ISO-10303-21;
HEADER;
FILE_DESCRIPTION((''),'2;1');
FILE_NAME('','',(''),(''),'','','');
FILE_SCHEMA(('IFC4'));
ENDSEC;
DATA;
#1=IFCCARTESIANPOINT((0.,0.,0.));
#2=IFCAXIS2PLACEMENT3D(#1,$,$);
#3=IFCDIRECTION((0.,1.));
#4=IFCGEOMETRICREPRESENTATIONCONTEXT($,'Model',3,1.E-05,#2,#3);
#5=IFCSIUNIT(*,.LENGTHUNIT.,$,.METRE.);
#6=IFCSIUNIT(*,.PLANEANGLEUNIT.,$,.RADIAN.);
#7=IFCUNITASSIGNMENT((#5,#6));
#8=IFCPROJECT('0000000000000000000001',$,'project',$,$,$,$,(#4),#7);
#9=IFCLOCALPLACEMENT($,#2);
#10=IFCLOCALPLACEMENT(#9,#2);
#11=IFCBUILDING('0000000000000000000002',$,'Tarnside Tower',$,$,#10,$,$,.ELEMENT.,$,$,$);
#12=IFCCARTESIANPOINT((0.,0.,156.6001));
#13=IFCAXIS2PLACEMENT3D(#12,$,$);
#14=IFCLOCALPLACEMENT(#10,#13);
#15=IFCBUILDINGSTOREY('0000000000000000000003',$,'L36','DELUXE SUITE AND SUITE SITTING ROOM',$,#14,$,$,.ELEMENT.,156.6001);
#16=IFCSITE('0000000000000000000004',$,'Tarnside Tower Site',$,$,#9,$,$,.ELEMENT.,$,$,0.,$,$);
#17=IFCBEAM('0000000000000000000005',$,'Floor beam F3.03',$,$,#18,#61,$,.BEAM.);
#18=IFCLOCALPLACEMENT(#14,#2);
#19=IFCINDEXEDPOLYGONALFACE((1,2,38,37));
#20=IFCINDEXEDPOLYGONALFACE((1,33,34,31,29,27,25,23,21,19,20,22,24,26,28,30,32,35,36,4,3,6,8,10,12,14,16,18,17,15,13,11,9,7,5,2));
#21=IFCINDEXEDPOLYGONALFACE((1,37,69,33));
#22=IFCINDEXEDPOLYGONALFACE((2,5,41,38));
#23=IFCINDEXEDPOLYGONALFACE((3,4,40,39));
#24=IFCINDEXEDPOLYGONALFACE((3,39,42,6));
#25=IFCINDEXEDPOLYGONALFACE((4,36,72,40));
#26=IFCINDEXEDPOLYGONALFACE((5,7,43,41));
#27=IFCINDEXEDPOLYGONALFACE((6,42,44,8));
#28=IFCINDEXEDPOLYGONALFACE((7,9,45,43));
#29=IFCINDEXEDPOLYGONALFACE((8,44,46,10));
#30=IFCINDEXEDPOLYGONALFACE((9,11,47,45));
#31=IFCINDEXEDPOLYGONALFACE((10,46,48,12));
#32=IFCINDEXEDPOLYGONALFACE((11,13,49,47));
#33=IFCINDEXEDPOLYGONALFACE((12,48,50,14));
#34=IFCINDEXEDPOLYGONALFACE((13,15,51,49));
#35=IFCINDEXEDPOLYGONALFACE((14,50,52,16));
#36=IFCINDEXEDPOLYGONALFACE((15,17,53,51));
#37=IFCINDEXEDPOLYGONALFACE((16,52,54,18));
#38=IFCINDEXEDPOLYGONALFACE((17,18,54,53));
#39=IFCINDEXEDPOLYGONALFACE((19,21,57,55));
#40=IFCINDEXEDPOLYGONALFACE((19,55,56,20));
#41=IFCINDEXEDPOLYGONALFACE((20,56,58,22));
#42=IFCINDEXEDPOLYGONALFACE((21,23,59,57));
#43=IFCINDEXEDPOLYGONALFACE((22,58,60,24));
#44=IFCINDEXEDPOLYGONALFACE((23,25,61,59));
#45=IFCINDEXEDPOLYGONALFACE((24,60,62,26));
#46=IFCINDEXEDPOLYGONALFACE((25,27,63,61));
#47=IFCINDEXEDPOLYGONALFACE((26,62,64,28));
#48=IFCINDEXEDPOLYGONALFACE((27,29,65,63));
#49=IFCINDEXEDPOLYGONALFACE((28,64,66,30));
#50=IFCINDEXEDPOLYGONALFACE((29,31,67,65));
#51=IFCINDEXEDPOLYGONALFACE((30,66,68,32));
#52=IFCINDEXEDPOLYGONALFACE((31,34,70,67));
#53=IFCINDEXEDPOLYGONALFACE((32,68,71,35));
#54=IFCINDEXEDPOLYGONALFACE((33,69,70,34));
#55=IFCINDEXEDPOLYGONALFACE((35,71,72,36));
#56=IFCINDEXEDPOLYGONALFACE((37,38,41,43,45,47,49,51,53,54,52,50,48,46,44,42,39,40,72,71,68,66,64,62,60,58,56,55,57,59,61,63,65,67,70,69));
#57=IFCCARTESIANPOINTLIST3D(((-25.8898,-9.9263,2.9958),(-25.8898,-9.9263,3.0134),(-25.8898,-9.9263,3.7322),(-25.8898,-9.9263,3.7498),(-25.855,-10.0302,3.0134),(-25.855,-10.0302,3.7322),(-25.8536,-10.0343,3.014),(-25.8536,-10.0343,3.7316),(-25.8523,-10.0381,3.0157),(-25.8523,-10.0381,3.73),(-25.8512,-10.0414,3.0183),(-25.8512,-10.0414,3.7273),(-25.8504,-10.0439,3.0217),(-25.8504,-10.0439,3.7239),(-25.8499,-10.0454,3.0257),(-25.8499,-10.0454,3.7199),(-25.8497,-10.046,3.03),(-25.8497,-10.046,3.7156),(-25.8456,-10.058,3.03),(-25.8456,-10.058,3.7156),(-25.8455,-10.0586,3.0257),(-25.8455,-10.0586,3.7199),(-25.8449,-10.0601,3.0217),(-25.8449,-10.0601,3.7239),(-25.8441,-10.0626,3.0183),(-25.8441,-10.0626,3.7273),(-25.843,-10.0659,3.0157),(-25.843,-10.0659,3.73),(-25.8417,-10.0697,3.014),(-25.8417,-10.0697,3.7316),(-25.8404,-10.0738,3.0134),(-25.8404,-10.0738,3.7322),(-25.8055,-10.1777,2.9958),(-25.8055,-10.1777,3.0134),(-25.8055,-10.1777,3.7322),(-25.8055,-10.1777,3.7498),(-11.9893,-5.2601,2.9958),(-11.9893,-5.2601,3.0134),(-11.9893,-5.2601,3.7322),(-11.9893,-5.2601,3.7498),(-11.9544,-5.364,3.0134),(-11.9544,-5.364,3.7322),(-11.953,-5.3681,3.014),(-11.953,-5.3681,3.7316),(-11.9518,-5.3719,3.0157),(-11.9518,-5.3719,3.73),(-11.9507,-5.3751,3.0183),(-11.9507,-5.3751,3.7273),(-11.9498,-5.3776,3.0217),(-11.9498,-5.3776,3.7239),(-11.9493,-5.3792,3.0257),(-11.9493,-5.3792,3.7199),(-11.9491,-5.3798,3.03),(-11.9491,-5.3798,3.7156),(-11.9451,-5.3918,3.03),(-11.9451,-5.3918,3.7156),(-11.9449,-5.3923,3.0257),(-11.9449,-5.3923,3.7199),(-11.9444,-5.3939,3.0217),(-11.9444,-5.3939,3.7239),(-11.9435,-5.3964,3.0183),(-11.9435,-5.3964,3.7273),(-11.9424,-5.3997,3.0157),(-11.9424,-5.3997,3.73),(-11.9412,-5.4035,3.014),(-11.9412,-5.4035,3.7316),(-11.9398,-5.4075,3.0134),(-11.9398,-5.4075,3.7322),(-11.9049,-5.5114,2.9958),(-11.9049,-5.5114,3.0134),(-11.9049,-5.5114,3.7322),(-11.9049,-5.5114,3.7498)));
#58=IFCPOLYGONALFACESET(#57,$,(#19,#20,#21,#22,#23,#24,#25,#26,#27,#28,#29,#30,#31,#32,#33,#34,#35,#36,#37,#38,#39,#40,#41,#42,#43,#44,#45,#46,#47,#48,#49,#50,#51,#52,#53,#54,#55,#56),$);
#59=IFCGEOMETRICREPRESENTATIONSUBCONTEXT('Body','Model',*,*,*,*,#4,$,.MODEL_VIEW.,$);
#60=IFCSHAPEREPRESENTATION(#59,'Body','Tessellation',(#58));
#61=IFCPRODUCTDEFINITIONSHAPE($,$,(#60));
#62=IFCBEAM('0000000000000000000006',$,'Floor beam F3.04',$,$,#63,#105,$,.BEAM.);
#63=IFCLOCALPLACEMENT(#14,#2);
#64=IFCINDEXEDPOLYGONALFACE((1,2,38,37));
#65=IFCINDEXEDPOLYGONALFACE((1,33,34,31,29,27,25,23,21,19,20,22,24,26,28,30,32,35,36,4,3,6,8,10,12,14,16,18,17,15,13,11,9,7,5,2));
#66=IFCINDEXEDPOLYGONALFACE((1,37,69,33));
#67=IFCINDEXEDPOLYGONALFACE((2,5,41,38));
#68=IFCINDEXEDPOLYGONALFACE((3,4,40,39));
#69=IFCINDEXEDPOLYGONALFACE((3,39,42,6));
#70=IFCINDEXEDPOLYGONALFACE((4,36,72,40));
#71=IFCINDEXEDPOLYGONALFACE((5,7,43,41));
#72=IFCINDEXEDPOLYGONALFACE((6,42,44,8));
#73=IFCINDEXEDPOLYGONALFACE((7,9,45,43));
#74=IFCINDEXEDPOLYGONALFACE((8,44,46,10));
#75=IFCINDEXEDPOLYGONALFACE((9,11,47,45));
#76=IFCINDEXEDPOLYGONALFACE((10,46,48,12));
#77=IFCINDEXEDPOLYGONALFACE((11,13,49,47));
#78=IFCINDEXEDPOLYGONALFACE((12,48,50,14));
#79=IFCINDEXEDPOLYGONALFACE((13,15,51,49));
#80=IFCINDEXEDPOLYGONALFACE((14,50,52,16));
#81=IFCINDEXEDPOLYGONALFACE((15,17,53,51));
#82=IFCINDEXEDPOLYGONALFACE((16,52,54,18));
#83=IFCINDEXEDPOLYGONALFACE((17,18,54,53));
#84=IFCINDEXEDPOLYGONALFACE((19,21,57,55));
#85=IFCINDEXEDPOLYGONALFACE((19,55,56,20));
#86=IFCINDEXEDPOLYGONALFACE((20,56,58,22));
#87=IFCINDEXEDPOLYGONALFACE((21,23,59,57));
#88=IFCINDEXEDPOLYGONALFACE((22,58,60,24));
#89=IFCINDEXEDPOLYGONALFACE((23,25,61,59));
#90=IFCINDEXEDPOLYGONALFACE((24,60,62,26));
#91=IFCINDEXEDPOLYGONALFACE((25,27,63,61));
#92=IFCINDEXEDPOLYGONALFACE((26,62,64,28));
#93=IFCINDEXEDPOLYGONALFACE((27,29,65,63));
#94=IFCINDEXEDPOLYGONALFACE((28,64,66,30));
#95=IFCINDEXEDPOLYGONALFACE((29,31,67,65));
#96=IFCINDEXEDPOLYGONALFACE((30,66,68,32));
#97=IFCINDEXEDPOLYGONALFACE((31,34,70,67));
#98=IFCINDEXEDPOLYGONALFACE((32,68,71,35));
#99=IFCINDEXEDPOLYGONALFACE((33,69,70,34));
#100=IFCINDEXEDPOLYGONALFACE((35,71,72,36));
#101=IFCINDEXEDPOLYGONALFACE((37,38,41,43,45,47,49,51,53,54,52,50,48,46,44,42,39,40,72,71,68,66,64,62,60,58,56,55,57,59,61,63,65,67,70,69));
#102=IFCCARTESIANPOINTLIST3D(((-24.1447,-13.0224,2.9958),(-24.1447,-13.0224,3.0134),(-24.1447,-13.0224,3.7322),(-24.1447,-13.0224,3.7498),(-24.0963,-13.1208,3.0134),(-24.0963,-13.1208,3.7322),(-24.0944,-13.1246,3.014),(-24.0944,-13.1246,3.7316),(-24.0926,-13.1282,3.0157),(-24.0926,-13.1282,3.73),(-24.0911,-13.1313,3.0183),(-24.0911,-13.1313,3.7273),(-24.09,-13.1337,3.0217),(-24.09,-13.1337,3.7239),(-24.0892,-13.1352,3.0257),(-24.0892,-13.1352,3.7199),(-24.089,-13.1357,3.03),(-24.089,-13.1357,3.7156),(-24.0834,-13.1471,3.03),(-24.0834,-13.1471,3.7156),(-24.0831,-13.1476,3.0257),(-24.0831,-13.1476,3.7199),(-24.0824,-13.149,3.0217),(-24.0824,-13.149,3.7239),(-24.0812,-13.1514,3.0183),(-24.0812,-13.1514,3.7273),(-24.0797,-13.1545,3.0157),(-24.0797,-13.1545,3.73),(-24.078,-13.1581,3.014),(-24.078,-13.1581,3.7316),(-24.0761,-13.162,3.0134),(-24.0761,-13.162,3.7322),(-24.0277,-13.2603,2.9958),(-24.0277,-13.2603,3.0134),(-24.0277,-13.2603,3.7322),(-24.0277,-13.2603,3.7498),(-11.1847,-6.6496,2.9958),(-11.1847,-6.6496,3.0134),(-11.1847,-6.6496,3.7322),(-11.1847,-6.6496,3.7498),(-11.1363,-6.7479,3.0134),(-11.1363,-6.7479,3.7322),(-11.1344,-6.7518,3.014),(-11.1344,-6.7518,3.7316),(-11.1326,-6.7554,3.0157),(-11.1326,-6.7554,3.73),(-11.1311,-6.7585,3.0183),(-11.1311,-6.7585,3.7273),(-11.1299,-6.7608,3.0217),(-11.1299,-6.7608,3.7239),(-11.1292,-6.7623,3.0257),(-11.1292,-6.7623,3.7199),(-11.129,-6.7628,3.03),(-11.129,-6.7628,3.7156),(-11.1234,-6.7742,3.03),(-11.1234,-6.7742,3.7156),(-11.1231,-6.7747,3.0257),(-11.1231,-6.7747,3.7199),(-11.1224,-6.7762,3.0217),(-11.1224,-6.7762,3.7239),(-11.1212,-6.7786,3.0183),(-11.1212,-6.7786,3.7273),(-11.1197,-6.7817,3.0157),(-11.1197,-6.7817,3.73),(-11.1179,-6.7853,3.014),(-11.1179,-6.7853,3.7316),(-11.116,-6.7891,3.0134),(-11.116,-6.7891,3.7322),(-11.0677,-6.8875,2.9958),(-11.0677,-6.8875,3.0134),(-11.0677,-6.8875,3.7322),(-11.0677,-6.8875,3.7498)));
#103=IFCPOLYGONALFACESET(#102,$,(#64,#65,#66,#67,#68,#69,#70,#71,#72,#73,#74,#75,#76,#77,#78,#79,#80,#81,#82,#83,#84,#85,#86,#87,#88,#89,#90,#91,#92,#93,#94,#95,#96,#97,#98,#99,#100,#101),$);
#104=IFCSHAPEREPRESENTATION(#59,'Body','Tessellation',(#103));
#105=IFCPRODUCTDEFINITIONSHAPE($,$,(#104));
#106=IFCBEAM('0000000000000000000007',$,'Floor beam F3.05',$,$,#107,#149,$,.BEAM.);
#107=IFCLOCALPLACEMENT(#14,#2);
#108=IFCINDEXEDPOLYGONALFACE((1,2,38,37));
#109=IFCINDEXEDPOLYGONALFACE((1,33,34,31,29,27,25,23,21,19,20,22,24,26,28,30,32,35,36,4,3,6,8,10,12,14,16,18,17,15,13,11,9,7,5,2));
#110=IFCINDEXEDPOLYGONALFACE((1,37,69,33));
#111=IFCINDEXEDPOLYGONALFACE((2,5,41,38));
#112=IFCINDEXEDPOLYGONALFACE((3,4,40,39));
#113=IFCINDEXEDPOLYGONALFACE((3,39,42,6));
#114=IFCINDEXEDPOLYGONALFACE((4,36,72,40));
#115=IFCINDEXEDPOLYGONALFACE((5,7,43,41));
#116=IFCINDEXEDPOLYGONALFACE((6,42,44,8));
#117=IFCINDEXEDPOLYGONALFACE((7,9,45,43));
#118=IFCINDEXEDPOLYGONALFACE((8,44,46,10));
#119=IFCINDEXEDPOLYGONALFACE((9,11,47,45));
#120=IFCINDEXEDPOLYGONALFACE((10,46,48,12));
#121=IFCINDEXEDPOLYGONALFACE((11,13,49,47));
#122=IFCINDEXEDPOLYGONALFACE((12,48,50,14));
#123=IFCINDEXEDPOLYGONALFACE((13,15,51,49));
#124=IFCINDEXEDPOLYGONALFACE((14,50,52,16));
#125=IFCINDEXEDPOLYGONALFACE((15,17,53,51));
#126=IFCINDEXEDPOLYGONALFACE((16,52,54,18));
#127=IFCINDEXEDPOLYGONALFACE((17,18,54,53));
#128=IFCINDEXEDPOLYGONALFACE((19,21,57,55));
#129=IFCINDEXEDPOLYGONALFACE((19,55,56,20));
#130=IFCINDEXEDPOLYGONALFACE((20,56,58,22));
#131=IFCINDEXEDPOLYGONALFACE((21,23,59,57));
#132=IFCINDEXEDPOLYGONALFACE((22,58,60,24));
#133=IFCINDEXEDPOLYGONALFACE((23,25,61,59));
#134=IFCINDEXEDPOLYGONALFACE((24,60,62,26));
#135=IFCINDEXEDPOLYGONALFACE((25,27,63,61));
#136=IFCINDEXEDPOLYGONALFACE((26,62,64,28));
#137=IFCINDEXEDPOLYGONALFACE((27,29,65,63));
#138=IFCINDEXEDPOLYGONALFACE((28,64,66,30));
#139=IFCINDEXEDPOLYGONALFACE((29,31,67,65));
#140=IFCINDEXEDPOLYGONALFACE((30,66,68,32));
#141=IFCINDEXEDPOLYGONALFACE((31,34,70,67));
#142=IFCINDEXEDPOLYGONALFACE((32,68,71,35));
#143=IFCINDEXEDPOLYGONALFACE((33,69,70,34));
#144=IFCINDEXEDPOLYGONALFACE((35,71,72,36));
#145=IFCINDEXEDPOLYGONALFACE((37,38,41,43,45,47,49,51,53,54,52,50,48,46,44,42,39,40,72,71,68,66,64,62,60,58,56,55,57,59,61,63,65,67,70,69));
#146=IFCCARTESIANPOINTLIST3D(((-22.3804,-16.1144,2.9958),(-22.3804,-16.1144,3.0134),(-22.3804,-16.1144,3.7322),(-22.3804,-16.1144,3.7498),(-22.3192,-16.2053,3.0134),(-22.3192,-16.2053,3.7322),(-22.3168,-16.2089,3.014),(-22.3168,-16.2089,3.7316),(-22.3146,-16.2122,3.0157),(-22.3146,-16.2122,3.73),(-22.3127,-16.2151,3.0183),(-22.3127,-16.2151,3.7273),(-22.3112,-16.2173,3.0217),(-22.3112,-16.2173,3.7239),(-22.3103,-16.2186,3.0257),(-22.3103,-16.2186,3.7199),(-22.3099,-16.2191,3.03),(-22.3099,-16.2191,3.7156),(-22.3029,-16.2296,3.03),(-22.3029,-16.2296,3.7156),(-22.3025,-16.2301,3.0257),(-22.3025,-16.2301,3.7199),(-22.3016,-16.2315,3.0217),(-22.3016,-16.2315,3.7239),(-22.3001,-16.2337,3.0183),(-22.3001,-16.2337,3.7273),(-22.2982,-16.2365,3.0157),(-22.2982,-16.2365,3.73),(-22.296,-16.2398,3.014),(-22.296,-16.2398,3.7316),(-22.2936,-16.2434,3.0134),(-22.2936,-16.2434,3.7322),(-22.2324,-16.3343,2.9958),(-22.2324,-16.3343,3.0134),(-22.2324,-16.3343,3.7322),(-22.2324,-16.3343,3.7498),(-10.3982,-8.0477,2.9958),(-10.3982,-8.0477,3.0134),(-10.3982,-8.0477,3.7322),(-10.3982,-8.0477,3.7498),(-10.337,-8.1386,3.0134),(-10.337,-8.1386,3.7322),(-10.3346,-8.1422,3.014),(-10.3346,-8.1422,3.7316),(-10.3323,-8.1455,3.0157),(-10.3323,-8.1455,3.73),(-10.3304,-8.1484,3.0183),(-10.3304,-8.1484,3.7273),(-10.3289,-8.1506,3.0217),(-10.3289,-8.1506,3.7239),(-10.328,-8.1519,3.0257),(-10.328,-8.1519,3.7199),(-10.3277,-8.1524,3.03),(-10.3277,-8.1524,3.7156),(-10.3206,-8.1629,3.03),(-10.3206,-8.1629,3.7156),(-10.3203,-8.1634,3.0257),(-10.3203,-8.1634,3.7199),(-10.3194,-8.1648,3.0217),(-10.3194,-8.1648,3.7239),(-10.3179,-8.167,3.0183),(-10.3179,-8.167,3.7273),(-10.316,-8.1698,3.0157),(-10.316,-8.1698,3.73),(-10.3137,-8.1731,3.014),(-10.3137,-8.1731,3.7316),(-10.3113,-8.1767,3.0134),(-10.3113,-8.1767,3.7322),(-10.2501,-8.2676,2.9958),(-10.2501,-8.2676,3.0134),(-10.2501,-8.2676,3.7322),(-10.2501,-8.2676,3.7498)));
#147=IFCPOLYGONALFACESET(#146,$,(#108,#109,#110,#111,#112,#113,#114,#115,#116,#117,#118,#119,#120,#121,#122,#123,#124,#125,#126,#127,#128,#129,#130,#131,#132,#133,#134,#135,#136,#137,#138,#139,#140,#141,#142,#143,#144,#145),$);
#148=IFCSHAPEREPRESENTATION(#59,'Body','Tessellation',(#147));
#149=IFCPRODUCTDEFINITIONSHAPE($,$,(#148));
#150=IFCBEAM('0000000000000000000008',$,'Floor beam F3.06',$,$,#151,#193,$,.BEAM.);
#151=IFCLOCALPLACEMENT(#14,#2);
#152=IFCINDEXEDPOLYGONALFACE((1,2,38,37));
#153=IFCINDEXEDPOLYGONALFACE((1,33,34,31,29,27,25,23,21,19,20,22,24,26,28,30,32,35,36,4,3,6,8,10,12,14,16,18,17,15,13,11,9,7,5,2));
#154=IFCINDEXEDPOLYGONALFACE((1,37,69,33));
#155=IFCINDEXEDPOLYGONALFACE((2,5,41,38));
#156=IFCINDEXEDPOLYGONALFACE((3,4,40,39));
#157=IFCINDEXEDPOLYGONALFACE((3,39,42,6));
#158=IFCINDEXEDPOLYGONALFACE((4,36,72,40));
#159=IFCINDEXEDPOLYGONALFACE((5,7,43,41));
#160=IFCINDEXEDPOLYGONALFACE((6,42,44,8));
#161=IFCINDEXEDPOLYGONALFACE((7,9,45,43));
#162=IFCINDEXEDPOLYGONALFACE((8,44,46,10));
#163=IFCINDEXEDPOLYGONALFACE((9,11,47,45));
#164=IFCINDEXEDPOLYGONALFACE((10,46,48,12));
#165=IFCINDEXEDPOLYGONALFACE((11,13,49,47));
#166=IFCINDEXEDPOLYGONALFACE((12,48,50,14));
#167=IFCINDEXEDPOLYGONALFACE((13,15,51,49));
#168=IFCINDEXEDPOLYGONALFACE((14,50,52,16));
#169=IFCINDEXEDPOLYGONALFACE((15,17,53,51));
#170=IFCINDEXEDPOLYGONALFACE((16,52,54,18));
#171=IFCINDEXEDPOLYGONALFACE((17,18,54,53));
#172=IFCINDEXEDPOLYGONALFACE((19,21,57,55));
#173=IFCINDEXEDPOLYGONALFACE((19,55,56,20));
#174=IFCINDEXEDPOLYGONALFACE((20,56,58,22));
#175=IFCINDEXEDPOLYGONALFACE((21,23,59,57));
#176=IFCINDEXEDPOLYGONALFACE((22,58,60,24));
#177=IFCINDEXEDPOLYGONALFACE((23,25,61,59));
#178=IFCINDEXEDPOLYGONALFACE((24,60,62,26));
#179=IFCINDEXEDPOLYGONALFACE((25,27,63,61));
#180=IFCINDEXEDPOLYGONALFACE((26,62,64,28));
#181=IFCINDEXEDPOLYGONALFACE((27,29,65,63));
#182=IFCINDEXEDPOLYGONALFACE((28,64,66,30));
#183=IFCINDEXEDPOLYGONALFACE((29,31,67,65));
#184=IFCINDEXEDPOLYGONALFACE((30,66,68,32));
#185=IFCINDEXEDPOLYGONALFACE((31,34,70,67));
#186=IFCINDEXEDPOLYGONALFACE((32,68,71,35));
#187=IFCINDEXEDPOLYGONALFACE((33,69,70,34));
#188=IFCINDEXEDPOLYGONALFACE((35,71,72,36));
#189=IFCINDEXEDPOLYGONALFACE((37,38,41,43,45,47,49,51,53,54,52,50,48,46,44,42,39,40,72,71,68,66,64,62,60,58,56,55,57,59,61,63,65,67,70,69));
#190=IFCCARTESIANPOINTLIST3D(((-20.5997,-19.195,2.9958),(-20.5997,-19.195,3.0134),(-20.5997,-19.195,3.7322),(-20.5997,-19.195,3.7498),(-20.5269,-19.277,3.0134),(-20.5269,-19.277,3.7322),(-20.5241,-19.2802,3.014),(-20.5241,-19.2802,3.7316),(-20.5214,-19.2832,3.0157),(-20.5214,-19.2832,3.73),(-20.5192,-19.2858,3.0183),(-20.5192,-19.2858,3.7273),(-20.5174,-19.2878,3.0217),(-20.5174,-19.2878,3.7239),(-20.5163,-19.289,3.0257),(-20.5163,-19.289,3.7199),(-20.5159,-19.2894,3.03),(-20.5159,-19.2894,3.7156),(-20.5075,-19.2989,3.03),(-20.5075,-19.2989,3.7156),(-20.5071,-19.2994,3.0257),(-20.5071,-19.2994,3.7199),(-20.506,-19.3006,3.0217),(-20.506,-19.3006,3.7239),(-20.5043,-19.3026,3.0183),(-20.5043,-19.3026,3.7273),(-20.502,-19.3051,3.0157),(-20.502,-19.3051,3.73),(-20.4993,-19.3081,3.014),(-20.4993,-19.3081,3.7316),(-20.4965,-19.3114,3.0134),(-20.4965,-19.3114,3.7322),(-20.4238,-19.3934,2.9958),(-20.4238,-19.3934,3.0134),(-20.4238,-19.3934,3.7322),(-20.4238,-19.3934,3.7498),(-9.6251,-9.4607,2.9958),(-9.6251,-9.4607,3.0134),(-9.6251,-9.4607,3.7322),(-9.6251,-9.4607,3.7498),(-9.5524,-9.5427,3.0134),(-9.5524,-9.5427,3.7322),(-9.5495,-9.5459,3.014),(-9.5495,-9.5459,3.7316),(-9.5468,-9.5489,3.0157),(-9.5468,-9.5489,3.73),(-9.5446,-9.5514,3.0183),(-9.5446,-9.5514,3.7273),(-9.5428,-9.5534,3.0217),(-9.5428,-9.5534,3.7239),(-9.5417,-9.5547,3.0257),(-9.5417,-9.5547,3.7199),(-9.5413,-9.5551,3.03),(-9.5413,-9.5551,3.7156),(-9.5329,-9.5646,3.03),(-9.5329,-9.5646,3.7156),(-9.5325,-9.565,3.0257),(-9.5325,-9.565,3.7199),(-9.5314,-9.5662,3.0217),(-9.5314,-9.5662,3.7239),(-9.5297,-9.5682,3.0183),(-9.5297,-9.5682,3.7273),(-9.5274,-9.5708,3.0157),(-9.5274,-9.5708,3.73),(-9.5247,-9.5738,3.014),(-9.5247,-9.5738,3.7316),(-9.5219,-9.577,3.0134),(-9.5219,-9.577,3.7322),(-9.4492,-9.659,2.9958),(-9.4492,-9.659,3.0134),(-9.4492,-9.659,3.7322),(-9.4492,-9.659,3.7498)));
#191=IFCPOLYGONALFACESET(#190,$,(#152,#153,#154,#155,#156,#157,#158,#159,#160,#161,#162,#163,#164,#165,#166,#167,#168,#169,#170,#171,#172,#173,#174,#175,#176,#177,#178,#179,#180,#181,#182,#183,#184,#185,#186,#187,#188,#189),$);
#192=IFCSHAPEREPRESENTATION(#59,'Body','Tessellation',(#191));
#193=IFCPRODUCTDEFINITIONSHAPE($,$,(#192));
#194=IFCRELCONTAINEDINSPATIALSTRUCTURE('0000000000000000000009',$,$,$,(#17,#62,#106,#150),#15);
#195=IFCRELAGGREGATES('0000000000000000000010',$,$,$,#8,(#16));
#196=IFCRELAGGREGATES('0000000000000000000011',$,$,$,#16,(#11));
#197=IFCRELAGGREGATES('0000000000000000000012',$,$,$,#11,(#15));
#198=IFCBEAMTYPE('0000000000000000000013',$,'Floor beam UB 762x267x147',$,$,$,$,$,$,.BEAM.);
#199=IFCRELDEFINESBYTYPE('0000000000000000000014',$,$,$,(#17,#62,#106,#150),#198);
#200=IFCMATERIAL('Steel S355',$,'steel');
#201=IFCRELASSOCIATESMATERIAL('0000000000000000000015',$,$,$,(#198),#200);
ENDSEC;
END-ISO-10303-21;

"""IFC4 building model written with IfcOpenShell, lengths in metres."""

from ifc_helpers import new_model, si_unit, direction, frame, origin, origin_2d, place, context, subcontext, project, spatial, i_section, extrude, material, material_profile, profile_set, type_object, element, save


model = new_model("IFC4")

# Units and contexts
model_context = context("Model", 3, precision=1e-05, world=origin(), true_north=direction((0.0, 1.0)))
body_context = subcontext(model_context, "Body", "Model", "MODEL_VIEW")
ifc_project = project(units=[si_unit("LENGTHUNIT", "METRE"), si_unit("PLANEANGLEUNIT", "RADIAN")], contexts=[model_context])

# Site, building, storey
site_placement = place(None, origin())
site = spatial("IfcSite", under=ifc_project, at=site_placement, Name="Tarnside Tower Site", CompositionType="ELEMENT", RefElevation=0.0)
building_placement = place(site_placement, origin())
building = spatial("IfcBuilding", under=site, at=building_placement, Name="Tarnside Tower", CompositionType="ELEMENT")
storey_placement = place(building_placement, frame((0.0, 0.0, 156.6001)))
storey = spatial("IfcBuildingStorey", under=building, at=storey_placement, Name="L36", Description="DELUXE SUITE AND SUITE SITTING ROOM", CompositionType="ELEMENT", Elevation=156.6001)

# Beams
ifc_material_1 = material(Name="Steel S355", Category="steel")
ifc_material_profile_1 = material_profile(ifc_material_1, i_section(OverallWidth=0.2651, OverallDepth=0.7539, WebThickness=0.0127, FlangeThickness=0.0176, FilletRadius=0.0166, at=origin_2d()), Name="UB 762x267x147")
ifc_profile_set_1 = profile_set([ifc_material_profile_1], Name="Steel S355")
beam_type_1 = type_object("IfcBeamType", Name="Floor beam UB 762x267x147", PredefinedType="BEAM", material=ifc_profile_set_1)
beam_1_placement = place(storey_placement, frame((-25.8477, -10.052, 3.3728), z_axis=(0.948012, 0.318235, 0.0), x_axis=(-0.318235, 0.948012, 0.0)))
element("IfcBeam", 1, at=beam_1_placement, inside=storey, type_object=beam_type_1, Name="Floor beam F3.03", PredefinedType="BEAM", context=body_context, shape_type="SweptSolid", body=[
    extrude(i_section(OverallWidth=0.2651, OverallDepth=0.7539, WebThickness=0.0127, FlangeThickness=0.0176, FilletRadius=0.0166, at=origin_2d()), origin(), (0.0, 0.0, 1.0), 14.6628),
])
beam_2_placement = place(storey_placement, frame((-24.0862, -13.1414, 3.3728), z_axis=(0.897376, 0.441267, 0.0), x_axis=(-0.441267, 0.897376, 0.0)))
element("IfcBeam", 2, at=beam_2_placement, inside=storey, type_object=beam_type_1, Name="Floor beam F3.04", PredefinedType="BEAM", context=body_context, shape_type="SweptSolid", body=[
    extrude(i_section(OverallWidth=0.2651, OverallDepth=0.7539, WebThickness=0.0127, FlangeThickness=0.0176, FilletRadius=0.0166, at=origin_2d()), origin(), (0.0, 0.0, 1.0), 14.4421),
])
beam_3_placement = place(storey_placement, frame((-22.3064, -16.2244, 3.3728), z_axis=(0.829532, 0.558458, 0.0), x_axis=(-0.558458, 0.829532, 0.0)))
element("IfcBeam", 3, at=beam_3_placement, inside=storey, type_object=beam_type_1, Name="Floor beam F3.05", PredefinedType="BEAM", context=body_context, shape_type="SweptSolid", body=[
    extrude(i_section(OverallWidth=0.2651, OverallDepth=0.7539, WebThickness=0.0127, FlangeThickness=0.0176, FilletRadius=0.0166, at=origin_2d()), origin(), (0.0, 0.0, 1.0), 14.4446),
])
beam_4_placement = place(storey_placement, frame((-20.5117, -19.2942, 3.3728), z_axis=(0.748114, 0.66357, 0.0), x_axis=(-0.66357, 0.748114, 0.0)))
element("IfcBeam", 4, at=beam_4_placement, inside=storey, type_object=beam_type_1, Name="Floor beam F3.06", PredefinedType="BEAM", context=body_context, shape_type="SweptSolid", body=[
    extrude(i_section(OverallWidth=0.2651, OverallDepth=0.7539, WebThickness=0.0127, FlangeThickness=0.0176, FilletRadius=0.0166, at=origin_2d()), origin(), (0.0, 0.0, 1.0), 14.6697),
])

save(model, "model.ifc")
